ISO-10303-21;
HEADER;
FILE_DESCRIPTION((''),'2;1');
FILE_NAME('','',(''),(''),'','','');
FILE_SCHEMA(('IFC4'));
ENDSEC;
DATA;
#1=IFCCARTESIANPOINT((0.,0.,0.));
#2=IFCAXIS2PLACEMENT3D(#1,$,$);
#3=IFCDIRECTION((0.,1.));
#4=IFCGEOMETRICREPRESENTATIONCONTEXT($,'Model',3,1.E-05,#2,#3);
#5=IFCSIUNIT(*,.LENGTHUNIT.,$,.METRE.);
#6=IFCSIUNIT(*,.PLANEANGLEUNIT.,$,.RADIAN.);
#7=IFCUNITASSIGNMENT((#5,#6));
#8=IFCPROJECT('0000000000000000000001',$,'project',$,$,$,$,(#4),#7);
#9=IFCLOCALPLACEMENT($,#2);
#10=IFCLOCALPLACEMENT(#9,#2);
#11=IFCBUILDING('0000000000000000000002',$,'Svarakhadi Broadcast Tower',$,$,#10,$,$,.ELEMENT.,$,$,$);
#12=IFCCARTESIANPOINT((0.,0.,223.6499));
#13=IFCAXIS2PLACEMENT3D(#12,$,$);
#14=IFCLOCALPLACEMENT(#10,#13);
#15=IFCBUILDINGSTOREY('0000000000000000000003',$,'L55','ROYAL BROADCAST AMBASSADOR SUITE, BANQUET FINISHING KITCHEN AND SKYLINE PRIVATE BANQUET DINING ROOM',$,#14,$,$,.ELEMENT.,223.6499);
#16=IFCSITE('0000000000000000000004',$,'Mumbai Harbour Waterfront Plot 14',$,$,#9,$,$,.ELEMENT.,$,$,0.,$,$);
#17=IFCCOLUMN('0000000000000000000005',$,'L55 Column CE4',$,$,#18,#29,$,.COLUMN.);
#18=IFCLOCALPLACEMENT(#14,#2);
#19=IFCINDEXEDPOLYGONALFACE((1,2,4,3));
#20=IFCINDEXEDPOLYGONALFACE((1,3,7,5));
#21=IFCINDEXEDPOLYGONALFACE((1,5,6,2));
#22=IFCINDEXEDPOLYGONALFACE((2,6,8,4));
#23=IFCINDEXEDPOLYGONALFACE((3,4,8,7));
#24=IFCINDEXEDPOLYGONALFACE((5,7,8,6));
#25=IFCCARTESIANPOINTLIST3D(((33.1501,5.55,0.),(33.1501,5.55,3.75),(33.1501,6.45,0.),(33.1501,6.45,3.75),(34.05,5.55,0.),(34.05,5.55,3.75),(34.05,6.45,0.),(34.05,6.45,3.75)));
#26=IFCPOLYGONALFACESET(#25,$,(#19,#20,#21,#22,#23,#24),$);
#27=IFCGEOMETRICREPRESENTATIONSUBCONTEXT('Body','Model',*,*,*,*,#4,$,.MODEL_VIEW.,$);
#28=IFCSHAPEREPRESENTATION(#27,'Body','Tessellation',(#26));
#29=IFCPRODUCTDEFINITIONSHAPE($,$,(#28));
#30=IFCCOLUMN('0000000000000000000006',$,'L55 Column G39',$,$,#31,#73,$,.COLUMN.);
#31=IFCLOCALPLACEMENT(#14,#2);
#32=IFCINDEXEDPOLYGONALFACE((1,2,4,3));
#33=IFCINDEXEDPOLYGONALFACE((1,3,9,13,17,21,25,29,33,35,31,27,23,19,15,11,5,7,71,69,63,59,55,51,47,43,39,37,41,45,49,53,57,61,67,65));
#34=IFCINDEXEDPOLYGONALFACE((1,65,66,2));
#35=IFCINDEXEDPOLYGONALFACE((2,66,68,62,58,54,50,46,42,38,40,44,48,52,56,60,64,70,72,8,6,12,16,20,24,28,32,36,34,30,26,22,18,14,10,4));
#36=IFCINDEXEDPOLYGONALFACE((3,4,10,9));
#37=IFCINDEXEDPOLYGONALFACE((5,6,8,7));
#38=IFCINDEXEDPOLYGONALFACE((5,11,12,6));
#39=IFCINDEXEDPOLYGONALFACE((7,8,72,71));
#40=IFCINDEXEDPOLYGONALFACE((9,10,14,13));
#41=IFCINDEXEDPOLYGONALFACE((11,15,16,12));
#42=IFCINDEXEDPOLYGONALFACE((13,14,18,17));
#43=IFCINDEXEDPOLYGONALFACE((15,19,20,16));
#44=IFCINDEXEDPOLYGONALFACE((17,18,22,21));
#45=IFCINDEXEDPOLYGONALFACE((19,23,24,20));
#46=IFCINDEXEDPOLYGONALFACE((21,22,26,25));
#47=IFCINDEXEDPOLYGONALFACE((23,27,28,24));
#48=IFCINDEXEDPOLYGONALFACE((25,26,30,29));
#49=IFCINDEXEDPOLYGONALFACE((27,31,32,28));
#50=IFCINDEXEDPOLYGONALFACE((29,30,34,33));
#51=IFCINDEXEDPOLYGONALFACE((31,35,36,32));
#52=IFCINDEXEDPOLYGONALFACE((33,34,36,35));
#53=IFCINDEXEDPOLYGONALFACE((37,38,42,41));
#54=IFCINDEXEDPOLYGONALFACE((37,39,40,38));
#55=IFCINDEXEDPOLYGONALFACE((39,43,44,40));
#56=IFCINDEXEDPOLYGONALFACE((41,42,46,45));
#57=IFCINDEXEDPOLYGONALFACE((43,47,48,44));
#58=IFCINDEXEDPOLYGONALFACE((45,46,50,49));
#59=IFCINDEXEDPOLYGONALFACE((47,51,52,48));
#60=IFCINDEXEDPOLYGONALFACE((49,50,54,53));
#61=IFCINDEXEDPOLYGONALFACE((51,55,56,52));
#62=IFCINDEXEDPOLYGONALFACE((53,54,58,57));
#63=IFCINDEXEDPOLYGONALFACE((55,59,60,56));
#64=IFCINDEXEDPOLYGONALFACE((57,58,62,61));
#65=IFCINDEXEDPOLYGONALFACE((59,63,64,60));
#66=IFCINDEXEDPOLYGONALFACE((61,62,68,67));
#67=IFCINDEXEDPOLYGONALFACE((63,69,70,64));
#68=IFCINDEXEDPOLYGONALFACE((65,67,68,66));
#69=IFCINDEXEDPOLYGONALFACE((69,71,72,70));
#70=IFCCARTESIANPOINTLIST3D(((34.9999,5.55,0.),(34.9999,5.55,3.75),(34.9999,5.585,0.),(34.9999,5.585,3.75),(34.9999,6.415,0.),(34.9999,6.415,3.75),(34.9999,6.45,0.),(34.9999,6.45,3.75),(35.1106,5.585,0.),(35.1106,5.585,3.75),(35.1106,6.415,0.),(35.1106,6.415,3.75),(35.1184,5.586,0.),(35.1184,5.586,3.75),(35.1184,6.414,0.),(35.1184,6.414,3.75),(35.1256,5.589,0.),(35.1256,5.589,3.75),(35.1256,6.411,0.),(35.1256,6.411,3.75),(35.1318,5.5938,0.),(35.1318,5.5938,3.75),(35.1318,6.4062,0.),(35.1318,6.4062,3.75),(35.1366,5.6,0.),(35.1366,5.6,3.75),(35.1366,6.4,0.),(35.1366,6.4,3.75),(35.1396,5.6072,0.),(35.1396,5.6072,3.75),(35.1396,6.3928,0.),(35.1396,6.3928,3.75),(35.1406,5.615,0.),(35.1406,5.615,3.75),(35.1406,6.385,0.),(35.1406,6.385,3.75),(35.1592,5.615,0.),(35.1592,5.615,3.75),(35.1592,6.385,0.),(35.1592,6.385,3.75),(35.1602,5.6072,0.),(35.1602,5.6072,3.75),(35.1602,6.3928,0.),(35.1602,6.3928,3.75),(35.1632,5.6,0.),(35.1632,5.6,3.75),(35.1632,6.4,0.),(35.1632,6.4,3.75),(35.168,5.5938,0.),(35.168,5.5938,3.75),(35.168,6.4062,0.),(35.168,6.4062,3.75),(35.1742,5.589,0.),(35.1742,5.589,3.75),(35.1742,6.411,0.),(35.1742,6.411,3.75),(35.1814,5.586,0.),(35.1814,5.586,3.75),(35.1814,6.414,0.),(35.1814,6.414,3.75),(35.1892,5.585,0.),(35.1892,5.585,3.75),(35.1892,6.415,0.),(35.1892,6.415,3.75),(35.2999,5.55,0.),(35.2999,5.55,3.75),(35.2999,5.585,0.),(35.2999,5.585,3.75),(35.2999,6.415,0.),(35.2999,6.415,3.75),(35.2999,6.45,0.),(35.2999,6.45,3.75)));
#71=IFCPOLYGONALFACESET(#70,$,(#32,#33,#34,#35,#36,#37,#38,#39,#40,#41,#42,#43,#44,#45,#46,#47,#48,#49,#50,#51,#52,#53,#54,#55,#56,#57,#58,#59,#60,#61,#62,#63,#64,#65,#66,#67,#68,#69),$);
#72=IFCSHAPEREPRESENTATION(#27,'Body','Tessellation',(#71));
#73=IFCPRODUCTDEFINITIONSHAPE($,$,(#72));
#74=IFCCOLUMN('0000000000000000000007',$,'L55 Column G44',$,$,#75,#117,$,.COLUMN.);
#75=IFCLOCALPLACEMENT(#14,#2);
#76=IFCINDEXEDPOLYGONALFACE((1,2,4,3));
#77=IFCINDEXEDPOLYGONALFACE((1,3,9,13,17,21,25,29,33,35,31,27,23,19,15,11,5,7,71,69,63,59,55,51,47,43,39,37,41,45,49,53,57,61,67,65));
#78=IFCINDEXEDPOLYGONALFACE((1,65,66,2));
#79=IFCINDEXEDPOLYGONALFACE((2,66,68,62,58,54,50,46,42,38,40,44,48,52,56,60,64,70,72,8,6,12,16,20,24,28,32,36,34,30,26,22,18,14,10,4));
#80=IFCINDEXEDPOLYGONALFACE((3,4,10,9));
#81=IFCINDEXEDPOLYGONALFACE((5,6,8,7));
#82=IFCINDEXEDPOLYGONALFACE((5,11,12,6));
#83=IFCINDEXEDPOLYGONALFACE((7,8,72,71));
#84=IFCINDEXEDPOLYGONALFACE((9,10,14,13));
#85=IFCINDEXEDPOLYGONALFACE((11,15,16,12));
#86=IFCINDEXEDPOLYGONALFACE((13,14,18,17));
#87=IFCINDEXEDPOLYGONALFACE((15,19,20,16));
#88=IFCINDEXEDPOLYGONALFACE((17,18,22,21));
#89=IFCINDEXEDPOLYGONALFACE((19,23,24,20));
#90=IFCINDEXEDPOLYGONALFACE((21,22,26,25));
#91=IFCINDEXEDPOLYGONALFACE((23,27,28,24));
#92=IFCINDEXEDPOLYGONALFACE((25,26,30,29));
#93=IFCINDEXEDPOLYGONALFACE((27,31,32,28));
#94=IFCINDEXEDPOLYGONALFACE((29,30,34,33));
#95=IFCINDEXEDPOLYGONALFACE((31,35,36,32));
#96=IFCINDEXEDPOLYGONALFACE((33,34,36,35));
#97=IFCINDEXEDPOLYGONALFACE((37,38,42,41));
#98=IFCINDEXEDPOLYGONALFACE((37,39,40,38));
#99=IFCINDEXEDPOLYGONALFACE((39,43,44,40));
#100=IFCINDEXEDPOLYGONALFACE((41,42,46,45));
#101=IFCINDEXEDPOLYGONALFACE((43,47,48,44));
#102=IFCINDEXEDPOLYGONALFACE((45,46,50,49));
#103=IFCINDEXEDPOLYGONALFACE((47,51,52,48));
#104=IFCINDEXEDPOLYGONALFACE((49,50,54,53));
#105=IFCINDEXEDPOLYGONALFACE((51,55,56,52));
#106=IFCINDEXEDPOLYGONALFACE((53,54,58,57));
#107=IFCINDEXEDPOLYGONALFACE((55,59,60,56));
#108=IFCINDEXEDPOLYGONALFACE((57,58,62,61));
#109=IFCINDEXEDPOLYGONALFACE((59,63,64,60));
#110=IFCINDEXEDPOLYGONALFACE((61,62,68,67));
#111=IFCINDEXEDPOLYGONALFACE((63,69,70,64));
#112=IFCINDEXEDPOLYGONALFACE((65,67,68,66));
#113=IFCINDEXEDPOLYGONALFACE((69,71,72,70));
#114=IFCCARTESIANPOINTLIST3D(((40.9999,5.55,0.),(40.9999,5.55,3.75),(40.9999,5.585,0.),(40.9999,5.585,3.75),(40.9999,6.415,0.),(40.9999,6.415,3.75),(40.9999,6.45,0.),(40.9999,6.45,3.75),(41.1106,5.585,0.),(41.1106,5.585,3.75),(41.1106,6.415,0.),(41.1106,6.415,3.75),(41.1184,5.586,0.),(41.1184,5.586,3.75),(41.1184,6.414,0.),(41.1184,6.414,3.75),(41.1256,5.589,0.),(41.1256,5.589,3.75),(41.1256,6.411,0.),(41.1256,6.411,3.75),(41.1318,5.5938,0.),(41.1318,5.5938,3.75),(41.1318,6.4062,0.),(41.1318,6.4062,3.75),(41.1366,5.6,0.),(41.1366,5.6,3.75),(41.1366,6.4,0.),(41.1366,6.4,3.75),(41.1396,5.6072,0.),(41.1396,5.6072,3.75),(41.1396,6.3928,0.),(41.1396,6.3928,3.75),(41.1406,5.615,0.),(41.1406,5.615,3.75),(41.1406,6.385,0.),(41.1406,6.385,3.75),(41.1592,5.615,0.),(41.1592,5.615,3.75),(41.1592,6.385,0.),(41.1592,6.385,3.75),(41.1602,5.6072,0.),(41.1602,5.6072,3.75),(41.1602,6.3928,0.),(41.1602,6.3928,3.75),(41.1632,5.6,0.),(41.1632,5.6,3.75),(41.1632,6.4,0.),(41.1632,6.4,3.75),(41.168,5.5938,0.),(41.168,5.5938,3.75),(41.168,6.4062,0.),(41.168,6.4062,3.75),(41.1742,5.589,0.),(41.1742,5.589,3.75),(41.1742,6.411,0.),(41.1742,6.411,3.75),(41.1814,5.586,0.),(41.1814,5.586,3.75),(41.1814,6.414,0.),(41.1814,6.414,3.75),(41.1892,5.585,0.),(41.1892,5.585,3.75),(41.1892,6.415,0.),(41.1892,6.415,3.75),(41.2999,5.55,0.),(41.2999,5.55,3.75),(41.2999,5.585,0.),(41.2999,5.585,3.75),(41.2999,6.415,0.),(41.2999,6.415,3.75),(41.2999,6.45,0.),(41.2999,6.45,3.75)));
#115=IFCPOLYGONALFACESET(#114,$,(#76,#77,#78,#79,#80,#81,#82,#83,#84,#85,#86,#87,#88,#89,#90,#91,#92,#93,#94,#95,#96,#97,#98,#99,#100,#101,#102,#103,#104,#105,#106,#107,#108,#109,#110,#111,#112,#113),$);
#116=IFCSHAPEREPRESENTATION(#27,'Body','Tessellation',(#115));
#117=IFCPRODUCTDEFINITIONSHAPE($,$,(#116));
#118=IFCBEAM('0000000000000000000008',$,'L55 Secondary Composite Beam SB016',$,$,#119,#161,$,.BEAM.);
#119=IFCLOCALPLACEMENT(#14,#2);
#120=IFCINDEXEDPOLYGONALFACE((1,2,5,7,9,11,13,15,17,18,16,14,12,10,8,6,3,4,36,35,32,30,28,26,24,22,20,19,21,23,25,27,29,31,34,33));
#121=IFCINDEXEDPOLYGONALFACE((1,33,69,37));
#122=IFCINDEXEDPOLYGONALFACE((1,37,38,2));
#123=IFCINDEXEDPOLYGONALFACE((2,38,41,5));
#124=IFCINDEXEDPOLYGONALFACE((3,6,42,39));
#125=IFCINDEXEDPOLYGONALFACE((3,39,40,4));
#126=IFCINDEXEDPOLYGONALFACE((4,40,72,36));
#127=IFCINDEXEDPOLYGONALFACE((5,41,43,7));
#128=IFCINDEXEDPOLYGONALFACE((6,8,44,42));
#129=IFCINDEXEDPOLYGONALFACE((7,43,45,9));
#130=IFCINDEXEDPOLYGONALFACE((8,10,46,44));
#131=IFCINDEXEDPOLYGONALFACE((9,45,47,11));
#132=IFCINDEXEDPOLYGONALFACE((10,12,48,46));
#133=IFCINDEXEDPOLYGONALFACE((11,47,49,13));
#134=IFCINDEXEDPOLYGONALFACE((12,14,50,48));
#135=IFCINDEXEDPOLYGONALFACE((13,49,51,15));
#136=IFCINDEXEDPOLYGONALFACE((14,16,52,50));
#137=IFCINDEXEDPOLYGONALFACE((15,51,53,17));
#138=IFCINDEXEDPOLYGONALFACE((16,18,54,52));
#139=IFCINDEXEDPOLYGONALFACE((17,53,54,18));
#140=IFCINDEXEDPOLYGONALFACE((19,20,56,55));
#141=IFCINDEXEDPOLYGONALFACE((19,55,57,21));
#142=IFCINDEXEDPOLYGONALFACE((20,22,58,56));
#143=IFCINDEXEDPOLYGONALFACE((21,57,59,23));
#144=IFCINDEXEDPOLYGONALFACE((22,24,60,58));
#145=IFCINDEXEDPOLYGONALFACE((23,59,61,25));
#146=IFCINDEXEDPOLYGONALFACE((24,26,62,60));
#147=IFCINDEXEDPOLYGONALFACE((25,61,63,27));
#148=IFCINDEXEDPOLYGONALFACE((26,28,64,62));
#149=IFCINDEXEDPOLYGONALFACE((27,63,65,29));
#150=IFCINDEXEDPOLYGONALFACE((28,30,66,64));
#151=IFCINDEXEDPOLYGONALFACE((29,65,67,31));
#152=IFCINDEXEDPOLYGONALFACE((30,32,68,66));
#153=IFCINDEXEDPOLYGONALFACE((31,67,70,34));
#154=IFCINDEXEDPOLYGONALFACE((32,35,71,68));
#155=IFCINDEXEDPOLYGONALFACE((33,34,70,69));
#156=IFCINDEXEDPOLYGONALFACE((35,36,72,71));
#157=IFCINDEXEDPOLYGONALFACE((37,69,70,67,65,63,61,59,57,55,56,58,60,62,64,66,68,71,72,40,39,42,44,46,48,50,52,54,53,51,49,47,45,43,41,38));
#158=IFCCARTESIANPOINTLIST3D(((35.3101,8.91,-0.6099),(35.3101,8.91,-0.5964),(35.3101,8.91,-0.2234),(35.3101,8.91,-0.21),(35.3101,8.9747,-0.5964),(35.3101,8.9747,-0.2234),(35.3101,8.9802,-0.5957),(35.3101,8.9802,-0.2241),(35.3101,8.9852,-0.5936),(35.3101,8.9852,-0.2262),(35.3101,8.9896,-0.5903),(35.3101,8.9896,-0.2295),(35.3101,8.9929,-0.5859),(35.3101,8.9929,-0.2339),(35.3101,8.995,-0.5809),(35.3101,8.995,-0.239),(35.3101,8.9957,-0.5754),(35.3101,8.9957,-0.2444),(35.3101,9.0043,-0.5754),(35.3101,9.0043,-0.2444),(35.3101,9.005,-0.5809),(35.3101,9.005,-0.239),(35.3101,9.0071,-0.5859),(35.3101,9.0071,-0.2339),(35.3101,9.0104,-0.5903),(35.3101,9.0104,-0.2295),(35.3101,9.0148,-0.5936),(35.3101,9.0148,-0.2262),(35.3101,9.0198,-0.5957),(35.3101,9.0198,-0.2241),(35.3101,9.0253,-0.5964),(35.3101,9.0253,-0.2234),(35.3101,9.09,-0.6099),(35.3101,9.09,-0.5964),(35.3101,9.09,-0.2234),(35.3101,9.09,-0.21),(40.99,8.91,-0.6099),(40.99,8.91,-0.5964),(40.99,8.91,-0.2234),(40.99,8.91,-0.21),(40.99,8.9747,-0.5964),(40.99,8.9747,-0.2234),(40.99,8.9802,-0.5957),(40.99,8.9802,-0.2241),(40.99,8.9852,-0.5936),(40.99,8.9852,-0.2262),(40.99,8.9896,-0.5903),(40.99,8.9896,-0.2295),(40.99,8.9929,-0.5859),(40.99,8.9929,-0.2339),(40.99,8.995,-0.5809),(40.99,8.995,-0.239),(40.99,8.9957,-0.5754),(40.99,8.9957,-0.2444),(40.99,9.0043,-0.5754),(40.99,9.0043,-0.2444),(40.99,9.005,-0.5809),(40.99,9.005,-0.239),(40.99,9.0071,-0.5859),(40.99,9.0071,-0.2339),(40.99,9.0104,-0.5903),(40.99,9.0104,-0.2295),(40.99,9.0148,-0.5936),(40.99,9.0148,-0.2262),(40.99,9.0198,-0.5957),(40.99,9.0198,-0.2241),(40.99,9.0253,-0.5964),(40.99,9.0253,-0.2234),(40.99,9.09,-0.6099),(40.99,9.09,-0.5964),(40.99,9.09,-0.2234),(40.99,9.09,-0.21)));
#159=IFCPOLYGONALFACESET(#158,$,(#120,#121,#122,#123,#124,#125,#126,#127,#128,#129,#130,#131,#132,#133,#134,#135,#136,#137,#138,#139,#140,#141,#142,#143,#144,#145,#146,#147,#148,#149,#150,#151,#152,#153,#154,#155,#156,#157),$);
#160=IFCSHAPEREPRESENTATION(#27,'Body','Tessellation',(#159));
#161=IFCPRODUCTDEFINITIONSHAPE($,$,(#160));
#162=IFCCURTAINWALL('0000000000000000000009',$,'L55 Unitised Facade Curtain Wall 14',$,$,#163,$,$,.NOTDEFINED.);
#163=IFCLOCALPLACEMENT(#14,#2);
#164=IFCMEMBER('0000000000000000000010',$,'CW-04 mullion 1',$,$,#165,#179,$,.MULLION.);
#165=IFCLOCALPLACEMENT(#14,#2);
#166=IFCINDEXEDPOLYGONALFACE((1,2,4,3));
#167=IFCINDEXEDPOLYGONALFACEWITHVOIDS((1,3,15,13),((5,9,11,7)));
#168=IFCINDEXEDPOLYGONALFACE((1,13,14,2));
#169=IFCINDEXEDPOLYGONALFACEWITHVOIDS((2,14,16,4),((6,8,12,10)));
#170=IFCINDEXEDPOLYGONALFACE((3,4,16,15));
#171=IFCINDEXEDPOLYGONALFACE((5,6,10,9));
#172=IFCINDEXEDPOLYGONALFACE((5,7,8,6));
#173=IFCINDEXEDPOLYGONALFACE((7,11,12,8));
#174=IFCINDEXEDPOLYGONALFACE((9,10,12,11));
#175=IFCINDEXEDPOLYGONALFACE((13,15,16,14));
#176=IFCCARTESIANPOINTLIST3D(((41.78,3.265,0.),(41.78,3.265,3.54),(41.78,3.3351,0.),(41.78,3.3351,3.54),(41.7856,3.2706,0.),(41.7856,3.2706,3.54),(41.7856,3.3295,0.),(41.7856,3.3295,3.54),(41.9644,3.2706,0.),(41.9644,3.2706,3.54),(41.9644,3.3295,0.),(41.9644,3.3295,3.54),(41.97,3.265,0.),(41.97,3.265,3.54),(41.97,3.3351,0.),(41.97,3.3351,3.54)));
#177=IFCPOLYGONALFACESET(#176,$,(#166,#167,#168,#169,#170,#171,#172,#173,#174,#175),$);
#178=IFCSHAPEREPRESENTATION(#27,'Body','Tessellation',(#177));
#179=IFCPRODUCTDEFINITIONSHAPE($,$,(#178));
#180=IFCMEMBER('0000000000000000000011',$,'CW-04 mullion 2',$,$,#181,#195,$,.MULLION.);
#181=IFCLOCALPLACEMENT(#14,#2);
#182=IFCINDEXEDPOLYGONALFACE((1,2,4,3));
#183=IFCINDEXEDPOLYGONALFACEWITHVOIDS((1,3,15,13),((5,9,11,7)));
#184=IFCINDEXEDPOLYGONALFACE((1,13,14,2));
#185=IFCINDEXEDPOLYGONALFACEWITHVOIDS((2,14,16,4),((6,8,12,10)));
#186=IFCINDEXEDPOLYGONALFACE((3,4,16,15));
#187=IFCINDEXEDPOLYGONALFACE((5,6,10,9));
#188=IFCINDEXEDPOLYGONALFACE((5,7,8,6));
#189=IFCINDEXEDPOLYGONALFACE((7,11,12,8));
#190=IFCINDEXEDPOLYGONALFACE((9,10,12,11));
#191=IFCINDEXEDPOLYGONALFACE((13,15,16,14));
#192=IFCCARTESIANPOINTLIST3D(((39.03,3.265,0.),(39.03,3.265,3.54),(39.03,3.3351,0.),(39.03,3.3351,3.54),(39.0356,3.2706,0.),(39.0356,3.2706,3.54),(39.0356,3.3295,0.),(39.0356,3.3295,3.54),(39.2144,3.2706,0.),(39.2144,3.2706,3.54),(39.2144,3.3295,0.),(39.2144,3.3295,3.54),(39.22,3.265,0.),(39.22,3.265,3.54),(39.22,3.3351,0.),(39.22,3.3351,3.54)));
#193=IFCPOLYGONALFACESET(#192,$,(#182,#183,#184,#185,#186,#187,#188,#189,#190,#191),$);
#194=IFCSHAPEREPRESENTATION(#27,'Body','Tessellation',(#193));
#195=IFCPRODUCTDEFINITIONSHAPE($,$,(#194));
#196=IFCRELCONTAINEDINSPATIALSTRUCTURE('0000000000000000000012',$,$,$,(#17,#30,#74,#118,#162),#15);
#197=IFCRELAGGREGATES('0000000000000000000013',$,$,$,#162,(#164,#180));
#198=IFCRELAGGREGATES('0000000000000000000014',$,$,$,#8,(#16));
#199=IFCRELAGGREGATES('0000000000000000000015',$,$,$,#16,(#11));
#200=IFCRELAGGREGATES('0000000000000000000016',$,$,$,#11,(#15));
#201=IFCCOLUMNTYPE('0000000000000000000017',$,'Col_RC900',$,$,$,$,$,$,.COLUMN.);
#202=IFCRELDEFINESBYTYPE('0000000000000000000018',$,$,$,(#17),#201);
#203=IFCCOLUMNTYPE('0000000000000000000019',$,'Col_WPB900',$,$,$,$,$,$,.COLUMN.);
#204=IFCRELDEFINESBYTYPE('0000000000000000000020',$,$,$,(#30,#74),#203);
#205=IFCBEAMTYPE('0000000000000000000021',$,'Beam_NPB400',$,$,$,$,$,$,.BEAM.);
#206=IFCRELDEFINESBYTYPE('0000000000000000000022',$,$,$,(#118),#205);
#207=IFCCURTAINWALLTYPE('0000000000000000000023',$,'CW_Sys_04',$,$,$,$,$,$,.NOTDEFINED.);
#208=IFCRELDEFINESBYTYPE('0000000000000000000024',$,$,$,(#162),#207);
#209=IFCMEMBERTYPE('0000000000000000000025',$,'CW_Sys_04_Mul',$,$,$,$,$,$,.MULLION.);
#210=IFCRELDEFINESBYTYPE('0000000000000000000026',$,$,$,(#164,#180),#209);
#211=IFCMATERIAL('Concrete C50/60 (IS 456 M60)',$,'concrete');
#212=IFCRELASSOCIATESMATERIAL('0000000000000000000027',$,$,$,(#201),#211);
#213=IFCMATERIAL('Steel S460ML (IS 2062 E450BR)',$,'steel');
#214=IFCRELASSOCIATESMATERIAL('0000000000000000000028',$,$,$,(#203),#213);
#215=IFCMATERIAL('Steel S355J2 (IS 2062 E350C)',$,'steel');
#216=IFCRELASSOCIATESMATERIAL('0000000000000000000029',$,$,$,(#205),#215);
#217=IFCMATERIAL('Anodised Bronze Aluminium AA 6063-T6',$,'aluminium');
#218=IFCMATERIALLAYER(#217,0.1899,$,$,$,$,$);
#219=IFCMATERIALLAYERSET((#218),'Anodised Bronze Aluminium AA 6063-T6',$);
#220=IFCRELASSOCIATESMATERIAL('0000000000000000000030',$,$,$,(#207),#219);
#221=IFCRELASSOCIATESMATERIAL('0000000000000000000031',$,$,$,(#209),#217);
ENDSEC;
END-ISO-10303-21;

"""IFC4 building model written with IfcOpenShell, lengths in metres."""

from ifc_helpers import new_model, si_unit, direction, frame, origin, origin_2d, place, context, subcontext, project, spatial, rectangle, hollow_rectangle, i_section, extrude, material, layer, layer_set, material_profile, profile_set, type_object, element, aggregate, save


model = new_model("IFC4")

# Units and contexts
model_context = context("Model", 3, precision=1e-05, world=origin(), true_north=direction((0.0, 1.0)))
body_context = subcontext(model_context, "Body", "Model", "MODEL_VIEW")
ifc_project = project(units=[si_unit("LENGTHUNIT", "METRE"), si_unit("PLANEANGLEUNIT", "RADIAN")], contexts=[model_context])

# Site, building, storey
site_placement = place(None, origin())
site = spatial("IfcSite", under=ifc_project, at=site_placement, Name="Mumbai Harbour Waterfront Plot 14", CompositionType="ELEMENT", RefElevation=0.0)
building_placement = place(site_placement, origin())
building = spatial("IfcBuilding", under=site, at=building_placement, Name="Svarakhadi Broadcast Tower", CompositionType="ELEMENT")
storey_placement = place(building_placement, frame((0.0, 0.0, 223.6499)))
storey = spatial("IfcBuildingStorey", under=building, at=storey_placement, Name="L55", Description="ROYAL BROADCAST AMBASSADOR SUITE, BANQUET FINISHING KITCHEN AND SKYLINE PRIVATE BANQUET DINING ROOM", CompositionType="ELEMENT", Elevation=223.6499)

# Columns
ifc_material_1 = material(Name="Concrete C50/60 (IS 456 M60)", Category="concrete")
ifc_material_profile_1 = material_profile(ifc_material_1, rectangle(XDim=0.8999, YDim=0.8999, at=origin_2d()), Name="RC 900x900")
ifc_profile_set_1 = profile_set([ifc_material_profile_1], Name="Concrete C50/60 (IS 456 M60)")
column_type_1 = type_object("IfcColumnType", Name="Col_RC900", PredefinedType="COLUMN", material=ifc_profile_set_1)
column_placement = place(storey_placement, frame((33.6001, 6.0, 0.0), z_axis=(0.0, 0.0, 1.0), x_axis=(1.0, 0.0, 0.0)))
element("IfcColumn", 1, at=column_placement, inside=storey, type_object=column_type_1, Name="L55 Column CE4", PredefinedType="COLUMN", context=body_context, shape_type="SweptSolid", body=[
    extrude(rectangle(XDim=0.8999, YDim=0.8999, at=origin_2d()), origin(), (0.0, 0.0, 1.0), 3.75),
])
ifc_material_2 = material(Name="Steel S460ML (IS 2062 E450BR)", Category="steel")
ifc_material_profile_2 = material_profile(ifc_material_2, i_section(OverallWidth=0.3, OverallDepth=0.8999, WebThickness=0.0186, FlangeThickness=0.0349, FilletRadius=0.03, at=origin_2d()), Name="WPB 900x300x291")
ifc_profile_set_2 = profile_set([ifc_material_profile_2], Name="Steel S460ML (IS 2062 E450BR)")
column_type_2 = type_object("IfcColumnType", Name="Col_WPB900", PredefinedType="COLUMN", material=ifc_profile_set_2)
for number, where, z_axis, x_axis, name in (
    (2, (35.1499, 6.0, 0.0), (0.0, 0.0, 1.0), (1.0, 0.0, 0.0), "L55 Column G39"),
    (3, (41.1499, 6.0, 0.0), (0.0, 0.0, 1.0), (1.0, 0.0, 0.0), "L55 Column G44"),
):
    element("IfcColumn", number, at=place(storey_placement, frame(where, z_axis=z_axis, x_axis=x_axis)), inside=storey, type_object=column_type_2, Name=name, PredefinedType="COLUMN", context=body_context, shape_type="SweptSolid", body=[
        extrude(i_section(OverallWidth=0.3, OverallDepth=0.8999, WebThickness=0.0186, FlangeThickness=0.0349, FilletRadius=0.03, at=origin_2d()), origin(), (0.0, 0.0, 1.0), 3.75),
    ])

# Beam
ifc_material_3 = material(Name="Steel S355J2 (IS 2062 E350C)", Category="steel")
ifc_material_profile_3 = material_profile(ifc_material_3, i_section(OverallWidth=0.1799, OverallDepth=0.3999, WebThickness=0.0085, FlangeThickness=0.0134, FilletRadius=0.021, at=origin_2d()), Name="NPB 400x180x66")
ifc_profile_set_3 = profile_set([ifc_material_profile_3], Name="Steel S355J2 (IS 2062 E350C)")
beam_type_1 = type_object("IfcBeamType", Name="Beam_NPB400", PredefinedType="BEAM", material=ifc_profile_set_3)
beam_1_placement = place(storey_placement, frame((35.3101, 9.0, -0.4099), z_axis=(1.0, 0.0, 0.0), x_axis=(0.0, 1.0, 0.0)))
element("IfcBeam", 4, at=beam_1_placement, inside=storey, type_object=beam_type_1, Name="L55 Secondary Composite Beam SB016", PredefinedType="BEAM", context=body_context, shape_type="SweptSolid", body=[
    extrude(i_section(OverallWidth=0.1799, OverallDepth=0.3999, WebThickness=0.0085, FlangeThickness=0.0134, FilletRadius=0.021, at=origin_2d()), origin(), (0.0, 0.0, 1.0), 5.6799),
])

# Curtain wall, members
ifc_material_4 = material(Name="Anodised Bronze Aluminium AA 6063-T6", Category="aluminium")
ifc_layer_1 = layer(ifc_material_4, 0.1899)
ifc_layer_set_1 = layer_set([ifc_layer_1], Name="Anodised Bronze Aluminium AA 6063-T6")
curtain_wall_type = type_object("IfcCurtainWallType", Name="CW_Sys_04", PredefinedType="NOTDEFINED", material=ifc_layer_set_1)
curtain_wall_placement = place(storey_placement, origin())
curtain_wall = element("IfcCurtainWall", 5, at=curtain_wall_placement, inside=storey, type_object=curtain_wall_type, Name="L55 Unitised Facade Curtain Wall 14", PredefinedType="NOTDEFINED")
ifc_material_profile_4 = material_profile(ifc_material_4, hollow_rectangle(XDim=0.0701, YDim=0.1899, WallThickness=0.0056, at=origin_2d()), Name="ALU MULLION 190x70x6")
ifc_profile_set_4 = profile_set([ifc_material_profile_4], Name="Anodised Bronze Aluminium AA 6063-T6")
member_type_1 = type_object("IfcMemberType", Name="CW_Sys_04_Mul", PredefinedType="MULLION", material=ifc_profile_set_4)
member_1_placement = place(storey_placement, frame((41.875, 3.3, 0.0), z_axis=(0.0, 0.0, 1.0), x_axis=(0.0, -1.0, 0.0)))
member_1 = element("IfcMember", 6, at=member_1_placement, type_object=member_type_1, Name="CW-04 mullion 1", PredefinedType="MULLION", context=body_context, shape_type="SweptSolid", body=[
    extrude(hollow_rectangle(XDim=0.0701, YDim=0.1899, WallThickness=0.0056, at=origin_2d()), origin(), (0.0, 0.0, 1.0), 3.54),
])
member_2_placement = place(storey_placement, frame((39.125, 3.3, 0.0), z_axis=(0.0, 0.0, 1.0), x_axis=(0.0, -1.0, 0.0)))
member_2 = element("IfcMember", 7, at=member_2_placement, type_object=member_type_1, Name="CW-04 mullion 2", PredefinedType="MULLION", context=body_context, shape_type="SweptSolid", body=[
    extrude(hollow_rectangle(XDim=0.0701, YDim=0.1899, WallThickness=0.0056, at=origin_2d()), origin(), (0.0, 0.0, 1.0), 3.54),
])

aggregate(curtain_wall, [member_1, member_2])

save(model, "model.ifc")
